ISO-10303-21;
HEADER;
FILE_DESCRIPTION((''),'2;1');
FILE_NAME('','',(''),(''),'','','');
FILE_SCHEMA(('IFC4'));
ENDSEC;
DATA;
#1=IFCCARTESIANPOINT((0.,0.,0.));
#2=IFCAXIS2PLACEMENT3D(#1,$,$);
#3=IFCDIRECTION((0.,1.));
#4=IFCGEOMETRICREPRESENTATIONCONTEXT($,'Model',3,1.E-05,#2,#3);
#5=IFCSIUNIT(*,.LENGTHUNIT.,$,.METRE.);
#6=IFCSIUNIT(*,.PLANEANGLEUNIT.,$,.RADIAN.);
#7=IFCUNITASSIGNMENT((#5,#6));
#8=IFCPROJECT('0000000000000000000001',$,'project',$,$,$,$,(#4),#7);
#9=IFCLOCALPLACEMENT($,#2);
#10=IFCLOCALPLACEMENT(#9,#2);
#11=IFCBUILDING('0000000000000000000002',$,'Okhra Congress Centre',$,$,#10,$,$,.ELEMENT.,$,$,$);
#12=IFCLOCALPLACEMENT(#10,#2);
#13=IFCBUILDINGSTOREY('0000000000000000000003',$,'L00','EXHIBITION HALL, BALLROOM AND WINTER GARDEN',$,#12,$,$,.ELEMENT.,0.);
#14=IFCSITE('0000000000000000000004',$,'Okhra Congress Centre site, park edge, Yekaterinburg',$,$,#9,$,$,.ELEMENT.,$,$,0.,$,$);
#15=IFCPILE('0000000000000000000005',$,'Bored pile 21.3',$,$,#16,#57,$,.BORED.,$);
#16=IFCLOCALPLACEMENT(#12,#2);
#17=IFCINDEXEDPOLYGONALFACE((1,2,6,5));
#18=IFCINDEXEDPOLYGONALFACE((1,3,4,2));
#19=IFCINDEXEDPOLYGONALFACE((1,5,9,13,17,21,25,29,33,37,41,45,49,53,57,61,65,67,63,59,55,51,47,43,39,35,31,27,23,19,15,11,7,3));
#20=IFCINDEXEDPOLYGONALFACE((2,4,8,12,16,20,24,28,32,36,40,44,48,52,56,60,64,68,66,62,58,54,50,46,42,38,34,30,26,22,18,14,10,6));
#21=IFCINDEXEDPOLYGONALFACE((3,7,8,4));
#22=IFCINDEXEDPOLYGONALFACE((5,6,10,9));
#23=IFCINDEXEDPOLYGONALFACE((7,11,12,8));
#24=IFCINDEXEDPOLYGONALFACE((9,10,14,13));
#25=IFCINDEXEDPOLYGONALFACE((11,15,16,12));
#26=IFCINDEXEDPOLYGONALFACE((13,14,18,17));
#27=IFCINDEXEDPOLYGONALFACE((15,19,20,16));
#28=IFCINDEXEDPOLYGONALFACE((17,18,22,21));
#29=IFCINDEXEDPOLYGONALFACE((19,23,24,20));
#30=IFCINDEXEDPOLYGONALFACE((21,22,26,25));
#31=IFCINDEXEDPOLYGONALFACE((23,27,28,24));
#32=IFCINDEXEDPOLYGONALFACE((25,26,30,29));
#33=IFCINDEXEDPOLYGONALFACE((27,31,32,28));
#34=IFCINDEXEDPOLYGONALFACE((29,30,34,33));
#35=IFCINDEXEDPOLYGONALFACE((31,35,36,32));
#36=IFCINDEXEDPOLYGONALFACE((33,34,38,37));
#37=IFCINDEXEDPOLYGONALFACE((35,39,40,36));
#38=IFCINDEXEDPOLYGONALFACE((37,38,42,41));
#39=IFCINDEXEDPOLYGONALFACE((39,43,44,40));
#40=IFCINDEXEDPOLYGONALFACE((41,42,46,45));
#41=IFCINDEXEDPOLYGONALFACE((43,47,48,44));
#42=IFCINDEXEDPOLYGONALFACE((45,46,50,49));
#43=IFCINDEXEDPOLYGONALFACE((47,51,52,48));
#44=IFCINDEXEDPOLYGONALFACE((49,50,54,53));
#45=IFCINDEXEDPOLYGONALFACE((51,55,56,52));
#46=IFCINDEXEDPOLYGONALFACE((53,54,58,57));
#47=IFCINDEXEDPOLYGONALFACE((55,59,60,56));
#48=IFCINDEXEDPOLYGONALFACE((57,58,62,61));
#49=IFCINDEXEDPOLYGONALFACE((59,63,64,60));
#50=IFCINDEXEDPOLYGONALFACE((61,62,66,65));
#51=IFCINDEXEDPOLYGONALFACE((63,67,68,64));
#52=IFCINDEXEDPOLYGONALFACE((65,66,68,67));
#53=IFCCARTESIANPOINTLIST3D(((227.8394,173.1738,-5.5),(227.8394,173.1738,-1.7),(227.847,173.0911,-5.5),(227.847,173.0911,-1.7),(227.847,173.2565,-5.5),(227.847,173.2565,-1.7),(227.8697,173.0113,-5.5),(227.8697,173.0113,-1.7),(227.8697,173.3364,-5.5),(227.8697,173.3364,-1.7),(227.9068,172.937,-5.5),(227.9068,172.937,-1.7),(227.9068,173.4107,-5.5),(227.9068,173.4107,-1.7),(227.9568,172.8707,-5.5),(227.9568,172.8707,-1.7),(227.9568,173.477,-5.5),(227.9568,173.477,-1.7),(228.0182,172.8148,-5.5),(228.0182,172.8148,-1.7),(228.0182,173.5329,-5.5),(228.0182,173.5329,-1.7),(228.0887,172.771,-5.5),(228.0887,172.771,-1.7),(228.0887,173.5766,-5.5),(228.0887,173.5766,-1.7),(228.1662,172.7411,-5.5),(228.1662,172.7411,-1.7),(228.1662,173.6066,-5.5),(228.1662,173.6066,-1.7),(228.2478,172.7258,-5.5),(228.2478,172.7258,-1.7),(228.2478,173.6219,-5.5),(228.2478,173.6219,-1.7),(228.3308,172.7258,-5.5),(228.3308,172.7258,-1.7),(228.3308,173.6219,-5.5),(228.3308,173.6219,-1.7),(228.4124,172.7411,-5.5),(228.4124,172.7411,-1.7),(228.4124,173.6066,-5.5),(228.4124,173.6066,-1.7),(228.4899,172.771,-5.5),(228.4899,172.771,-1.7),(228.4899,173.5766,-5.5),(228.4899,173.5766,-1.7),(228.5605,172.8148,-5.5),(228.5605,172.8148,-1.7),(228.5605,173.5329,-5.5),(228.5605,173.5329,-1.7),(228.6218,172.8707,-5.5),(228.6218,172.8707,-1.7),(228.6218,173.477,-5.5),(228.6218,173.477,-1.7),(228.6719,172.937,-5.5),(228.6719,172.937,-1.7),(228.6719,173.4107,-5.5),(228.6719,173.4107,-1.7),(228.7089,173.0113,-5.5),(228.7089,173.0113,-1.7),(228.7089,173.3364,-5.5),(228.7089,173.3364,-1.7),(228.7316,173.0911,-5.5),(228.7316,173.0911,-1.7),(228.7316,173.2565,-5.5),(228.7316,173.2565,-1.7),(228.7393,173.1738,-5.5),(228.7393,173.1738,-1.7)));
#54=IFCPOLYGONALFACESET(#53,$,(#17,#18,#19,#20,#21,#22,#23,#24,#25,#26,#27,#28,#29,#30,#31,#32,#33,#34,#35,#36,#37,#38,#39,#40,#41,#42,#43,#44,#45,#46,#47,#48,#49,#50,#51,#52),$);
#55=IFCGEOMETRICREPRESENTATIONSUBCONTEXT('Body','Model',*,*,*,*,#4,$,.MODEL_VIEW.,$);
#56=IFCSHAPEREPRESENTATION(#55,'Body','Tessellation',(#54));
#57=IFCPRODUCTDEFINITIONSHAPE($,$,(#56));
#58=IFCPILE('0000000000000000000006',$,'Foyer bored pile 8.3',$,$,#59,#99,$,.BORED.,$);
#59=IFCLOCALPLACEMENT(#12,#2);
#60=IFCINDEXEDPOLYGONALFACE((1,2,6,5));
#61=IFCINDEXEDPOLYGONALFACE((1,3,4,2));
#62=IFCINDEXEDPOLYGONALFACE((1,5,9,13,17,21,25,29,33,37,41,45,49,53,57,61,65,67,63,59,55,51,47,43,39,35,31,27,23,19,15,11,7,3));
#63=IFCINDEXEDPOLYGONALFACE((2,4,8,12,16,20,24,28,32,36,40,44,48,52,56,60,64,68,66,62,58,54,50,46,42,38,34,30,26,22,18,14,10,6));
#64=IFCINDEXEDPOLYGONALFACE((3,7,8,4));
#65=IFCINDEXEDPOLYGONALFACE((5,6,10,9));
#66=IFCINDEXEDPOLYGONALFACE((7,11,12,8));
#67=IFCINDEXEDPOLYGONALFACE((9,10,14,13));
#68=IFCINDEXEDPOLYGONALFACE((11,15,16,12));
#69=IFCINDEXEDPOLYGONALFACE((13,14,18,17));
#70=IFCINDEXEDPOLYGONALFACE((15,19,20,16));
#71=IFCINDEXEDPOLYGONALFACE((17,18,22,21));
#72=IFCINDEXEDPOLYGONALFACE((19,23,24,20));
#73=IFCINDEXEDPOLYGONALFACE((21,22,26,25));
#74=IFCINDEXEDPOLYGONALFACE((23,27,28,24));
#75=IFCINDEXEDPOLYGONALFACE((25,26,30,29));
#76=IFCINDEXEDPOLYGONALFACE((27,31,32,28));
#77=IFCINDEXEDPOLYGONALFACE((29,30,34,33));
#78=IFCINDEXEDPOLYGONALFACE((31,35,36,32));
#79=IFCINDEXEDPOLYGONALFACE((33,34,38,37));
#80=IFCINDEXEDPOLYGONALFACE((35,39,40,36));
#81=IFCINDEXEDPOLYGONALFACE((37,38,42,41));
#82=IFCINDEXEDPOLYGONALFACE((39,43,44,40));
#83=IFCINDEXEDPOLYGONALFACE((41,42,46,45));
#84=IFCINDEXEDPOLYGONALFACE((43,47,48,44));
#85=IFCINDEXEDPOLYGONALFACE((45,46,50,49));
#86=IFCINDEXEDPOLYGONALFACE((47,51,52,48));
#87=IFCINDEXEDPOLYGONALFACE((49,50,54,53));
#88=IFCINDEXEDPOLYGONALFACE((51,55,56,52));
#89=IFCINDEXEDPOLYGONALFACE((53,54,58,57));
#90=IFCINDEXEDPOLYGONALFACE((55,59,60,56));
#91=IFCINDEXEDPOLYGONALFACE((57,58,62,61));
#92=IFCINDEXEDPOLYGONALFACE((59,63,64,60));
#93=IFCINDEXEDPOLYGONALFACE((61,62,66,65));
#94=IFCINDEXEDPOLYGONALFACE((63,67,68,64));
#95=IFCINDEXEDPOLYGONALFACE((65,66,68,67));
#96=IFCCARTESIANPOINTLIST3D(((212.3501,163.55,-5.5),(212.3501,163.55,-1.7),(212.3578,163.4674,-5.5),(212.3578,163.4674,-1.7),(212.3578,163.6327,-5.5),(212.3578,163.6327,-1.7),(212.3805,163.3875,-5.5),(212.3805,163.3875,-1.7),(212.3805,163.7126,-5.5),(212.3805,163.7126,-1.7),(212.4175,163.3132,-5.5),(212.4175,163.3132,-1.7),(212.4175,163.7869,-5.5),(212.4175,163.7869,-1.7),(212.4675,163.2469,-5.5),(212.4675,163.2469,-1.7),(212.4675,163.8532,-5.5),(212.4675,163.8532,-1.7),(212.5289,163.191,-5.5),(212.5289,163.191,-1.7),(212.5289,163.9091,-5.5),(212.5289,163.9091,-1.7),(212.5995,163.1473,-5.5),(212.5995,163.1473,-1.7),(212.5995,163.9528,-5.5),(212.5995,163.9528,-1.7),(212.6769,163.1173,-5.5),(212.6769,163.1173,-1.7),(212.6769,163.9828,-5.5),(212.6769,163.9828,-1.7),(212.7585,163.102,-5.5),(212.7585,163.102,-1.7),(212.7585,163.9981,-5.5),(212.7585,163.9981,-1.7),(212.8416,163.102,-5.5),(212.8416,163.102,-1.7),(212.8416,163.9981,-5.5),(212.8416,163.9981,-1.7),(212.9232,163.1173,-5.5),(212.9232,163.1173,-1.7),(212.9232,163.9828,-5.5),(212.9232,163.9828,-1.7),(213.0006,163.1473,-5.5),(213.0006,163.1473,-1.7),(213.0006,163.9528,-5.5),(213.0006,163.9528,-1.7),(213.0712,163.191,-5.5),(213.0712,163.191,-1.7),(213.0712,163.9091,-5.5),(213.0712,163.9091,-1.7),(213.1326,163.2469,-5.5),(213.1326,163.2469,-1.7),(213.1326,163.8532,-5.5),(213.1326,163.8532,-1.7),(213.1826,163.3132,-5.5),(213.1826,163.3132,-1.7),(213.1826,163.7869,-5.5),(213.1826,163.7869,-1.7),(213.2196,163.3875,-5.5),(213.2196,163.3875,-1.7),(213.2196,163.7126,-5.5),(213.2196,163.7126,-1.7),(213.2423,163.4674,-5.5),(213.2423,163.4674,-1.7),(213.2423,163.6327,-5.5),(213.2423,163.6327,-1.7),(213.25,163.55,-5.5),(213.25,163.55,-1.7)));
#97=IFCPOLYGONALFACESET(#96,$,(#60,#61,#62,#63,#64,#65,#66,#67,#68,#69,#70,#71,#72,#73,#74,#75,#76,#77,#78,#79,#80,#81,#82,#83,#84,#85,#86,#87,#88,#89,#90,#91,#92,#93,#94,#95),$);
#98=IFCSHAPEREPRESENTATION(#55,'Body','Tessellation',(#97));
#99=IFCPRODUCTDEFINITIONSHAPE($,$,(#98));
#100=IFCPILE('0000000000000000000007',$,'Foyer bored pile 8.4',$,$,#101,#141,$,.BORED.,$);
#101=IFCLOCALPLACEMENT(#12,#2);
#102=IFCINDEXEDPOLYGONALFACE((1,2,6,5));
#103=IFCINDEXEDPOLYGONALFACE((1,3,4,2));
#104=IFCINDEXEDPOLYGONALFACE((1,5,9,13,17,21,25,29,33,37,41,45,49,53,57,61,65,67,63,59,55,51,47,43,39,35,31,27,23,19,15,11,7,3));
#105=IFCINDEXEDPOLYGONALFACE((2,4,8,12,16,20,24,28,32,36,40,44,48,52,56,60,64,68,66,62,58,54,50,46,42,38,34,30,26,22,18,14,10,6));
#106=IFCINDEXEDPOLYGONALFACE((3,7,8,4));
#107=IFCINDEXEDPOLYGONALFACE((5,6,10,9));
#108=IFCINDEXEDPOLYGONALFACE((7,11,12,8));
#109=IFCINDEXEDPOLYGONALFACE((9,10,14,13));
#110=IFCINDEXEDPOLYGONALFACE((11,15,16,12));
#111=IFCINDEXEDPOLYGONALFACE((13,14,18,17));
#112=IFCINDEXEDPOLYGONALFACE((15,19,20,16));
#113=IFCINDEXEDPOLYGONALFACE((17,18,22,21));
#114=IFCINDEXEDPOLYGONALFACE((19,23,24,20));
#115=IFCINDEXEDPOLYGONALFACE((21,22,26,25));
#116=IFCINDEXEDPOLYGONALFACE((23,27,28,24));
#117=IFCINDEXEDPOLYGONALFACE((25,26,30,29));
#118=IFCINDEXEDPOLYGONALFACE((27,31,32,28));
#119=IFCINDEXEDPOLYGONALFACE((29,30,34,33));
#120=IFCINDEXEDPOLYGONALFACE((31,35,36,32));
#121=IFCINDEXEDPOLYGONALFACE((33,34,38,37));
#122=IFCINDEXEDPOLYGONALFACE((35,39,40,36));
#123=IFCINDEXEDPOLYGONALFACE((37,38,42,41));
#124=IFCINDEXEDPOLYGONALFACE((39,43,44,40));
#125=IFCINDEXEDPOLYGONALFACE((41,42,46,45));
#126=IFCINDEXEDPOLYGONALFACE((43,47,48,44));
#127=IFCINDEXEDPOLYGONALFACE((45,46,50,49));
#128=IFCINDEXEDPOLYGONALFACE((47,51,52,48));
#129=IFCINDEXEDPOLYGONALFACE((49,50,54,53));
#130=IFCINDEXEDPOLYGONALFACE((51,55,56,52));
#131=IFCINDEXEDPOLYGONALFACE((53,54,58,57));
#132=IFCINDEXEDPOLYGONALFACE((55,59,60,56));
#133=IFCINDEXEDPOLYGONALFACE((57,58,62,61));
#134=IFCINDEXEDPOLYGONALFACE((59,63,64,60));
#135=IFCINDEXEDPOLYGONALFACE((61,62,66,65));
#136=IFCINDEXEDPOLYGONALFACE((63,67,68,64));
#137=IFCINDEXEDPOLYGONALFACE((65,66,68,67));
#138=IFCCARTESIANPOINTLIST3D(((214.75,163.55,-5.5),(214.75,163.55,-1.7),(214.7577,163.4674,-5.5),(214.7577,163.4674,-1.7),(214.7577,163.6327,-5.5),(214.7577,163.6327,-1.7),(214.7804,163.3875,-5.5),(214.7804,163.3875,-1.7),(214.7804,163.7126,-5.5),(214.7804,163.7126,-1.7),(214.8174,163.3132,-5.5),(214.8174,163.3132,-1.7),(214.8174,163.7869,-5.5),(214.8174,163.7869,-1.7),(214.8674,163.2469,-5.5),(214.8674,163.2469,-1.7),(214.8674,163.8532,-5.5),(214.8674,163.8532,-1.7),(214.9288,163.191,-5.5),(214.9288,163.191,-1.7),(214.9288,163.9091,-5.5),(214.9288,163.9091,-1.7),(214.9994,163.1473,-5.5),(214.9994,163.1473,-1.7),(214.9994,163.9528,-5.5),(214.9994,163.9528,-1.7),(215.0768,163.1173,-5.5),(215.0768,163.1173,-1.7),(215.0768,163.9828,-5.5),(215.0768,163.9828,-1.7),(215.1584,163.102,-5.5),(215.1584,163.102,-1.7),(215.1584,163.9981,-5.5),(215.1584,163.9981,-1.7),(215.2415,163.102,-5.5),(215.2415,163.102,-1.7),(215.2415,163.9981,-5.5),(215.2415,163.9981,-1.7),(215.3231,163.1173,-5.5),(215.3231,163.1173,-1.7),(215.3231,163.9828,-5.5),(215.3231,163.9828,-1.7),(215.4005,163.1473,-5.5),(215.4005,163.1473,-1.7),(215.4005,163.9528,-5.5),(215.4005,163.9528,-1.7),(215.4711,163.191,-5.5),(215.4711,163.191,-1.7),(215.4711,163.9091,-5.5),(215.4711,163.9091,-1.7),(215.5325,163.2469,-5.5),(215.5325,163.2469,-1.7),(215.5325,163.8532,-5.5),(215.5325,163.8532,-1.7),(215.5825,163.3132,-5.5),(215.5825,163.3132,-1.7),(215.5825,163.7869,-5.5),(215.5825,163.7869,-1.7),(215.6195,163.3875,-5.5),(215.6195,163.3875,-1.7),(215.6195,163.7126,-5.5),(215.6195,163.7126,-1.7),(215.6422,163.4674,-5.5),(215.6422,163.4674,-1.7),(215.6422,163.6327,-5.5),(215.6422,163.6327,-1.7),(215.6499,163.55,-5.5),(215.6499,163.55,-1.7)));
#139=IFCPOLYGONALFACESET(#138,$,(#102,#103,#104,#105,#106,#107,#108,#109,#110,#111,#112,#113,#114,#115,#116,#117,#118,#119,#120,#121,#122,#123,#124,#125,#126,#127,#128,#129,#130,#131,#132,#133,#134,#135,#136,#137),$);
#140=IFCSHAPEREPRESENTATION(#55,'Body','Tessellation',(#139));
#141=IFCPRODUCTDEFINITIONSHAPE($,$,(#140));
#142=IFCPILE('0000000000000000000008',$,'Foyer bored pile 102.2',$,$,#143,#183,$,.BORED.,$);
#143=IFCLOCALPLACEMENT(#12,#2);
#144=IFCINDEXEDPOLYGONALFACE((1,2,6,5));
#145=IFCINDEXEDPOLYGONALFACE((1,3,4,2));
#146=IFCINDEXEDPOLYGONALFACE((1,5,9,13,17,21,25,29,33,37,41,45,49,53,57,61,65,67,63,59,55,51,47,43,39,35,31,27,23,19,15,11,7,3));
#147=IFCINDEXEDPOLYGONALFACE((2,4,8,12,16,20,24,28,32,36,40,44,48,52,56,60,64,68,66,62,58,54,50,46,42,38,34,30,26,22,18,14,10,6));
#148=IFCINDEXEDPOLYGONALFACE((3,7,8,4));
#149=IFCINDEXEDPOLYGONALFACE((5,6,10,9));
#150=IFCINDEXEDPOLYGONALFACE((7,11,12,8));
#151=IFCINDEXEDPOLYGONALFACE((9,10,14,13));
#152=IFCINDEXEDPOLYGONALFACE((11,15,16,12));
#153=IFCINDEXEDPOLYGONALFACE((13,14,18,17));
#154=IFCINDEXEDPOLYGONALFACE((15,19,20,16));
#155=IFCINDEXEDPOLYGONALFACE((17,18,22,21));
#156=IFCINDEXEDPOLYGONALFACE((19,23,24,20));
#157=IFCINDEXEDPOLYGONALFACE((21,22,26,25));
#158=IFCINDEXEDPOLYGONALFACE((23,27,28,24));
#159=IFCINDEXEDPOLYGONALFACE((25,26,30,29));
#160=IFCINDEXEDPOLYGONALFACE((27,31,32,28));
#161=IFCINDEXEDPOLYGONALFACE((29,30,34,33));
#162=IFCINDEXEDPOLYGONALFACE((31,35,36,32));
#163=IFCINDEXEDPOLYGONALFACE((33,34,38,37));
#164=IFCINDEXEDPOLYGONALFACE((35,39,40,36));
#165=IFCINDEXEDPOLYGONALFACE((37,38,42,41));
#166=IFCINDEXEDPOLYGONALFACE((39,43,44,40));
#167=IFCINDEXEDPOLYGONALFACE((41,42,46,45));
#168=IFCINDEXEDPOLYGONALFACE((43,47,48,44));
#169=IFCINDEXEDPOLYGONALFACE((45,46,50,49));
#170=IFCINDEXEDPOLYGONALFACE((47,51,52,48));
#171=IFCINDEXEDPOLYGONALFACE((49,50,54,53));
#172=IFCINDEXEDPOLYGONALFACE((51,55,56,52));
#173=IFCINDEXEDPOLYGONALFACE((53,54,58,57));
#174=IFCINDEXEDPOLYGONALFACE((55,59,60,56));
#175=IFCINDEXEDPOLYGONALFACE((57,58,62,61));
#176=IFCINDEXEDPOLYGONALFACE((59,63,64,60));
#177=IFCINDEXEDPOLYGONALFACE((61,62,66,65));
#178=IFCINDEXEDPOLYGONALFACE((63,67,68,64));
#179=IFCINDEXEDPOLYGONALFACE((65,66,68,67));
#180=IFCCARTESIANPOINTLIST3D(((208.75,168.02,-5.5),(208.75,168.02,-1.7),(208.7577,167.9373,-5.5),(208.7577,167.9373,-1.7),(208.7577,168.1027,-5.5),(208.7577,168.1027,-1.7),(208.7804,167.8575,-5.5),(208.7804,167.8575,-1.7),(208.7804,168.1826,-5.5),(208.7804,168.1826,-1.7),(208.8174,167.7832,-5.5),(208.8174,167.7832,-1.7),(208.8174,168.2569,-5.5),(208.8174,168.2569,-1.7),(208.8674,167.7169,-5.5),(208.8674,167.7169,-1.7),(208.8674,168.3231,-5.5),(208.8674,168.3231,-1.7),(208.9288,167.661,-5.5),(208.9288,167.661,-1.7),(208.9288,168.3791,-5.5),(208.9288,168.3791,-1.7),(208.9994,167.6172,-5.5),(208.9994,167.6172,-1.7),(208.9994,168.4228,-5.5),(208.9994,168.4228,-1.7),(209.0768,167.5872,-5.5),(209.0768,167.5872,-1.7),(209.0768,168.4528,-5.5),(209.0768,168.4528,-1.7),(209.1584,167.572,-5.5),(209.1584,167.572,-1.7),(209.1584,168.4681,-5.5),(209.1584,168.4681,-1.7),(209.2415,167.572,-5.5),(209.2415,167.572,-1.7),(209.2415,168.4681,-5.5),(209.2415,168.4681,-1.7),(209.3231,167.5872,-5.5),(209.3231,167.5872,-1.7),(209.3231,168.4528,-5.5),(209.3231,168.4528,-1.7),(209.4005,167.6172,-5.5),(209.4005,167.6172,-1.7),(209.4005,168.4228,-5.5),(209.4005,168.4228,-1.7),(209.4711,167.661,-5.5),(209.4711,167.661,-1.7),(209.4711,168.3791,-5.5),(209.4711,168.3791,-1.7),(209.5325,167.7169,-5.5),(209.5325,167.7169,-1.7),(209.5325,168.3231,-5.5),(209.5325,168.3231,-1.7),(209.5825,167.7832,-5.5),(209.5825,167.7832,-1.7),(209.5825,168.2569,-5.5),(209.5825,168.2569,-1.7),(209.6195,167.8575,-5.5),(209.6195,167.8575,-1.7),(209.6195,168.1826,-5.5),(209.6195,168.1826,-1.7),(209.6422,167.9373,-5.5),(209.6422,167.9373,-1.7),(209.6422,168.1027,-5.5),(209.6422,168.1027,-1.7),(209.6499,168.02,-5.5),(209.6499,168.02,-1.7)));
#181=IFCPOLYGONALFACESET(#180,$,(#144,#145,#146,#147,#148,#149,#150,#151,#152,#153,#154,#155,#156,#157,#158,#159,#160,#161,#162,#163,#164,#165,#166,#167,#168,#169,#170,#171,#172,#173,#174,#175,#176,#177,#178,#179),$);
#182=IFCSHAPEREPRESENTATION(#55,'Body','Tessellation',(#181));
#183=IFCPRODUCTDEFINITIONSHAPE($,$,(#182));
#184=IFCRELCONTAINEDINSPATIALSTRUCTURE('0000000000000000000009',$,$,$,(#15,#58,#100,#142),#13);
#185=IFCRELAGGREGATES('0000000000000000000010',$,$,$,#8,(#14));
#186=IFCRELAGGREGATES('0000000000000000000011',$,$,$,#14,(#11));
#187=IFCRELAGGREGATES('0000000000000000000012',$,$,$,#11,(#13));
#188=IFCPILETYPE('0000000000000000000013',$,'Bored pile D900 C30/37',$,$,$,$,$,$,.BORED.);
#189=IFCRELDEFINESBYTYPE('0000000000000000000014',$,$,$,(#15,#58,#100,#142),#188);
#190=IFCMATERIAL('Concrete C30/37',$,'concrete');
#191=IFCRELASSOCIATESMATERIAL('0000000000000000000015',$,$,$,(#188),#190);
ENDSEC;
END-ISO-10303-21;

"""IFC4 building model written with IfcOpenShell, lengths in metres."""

from ifc_helpers import new_model, si_unit, direction, frame, origin, origin_2d, place, context, subcontext, project, spatial, circle, extrude, material, material_profile, profile_set, type_object, element, save


model = new_model("IFC4")

# Units and contexts
model_context = context("Model", 3, precision=1e-05, world=origin(), true_north=direction((0.0, 1.0)))
body_context = subcontext(model_context, "Body", "Model", "MODEL_VIEW")
ifc_project = project(units=[si_unit("LENGTHUNIT", "METRE"), si_unit("PLANEANGLEUNIT", "RADIAN")], contexts=[model_context])

# Site, building, storey
site_placement = place(None, origin())
site = spatial("IfcSite", under=ifc_project, at=site_placement, Name="Okhra Congress Centre site, park edge, Yekaterinburg", CompositionType="ELEMENT", RefElevation=0.0)
building_placement = place(site_placement, origin())
building = spatial("IfcBuilding", under=site, at=building_placement, Name="Okhra Congress Centre", CompositionType="ELEMENT")
storey_placement = place(building_placement, origin())
storey = spatial("IfcBuildingStorey", under=building, at=storey_placement, Name="L00", Description="EXHIBITION HALL, BALLROOM AND WINTER GARDEN", CompositionType="ELEMENT", Elevation=0.0)

# Piles
ifc_material_1 = material(Name="Concrete C30/37", Category="concrete")
ifc_material_profile_1 = material_profile(ifc_material_1, circle(Radius=0.45, at=origin_2d()), Name="D900")
ifc_profile_set_1 = profile_set([ifc_material_profile_1], Name="Concrete C30/37")
pile_type = type_object("IfcPileType", Name="Bored pile D900 C30/37", PredefinedType="BORED", material=ifc_profile_set_1)
for number, where, z_axis, x_axis, name in (
    (1, (228.2893, 173.1738, -1.7), (0.0, 0.0, -1.0), (1.0, 0.0, 0.0), "Bored pile 21.3"),
    (2, (212.8, 163.55, -1.7), (0.0, 0.0, -1.0), (1.0, 0.0, 0.0), "Foyer bored pile 8.3"),
    (3, (215.2, 163.55, -1.7), (0.0, 0.0, -1.0), (1.0, 0.0, 0.0), "Foyer bored pile 8.4"),
    (4, (209.2, 168.02, -1.7), (0.0, 0.0, -1.0), (1.0, 0.0, 0.0), "Foyer bored pile 102.2"),
):
    element("IfcPile", number, at=place(storey_placement, frame(where, z_axis=z_axis, x_axis=x_axis)), inside=storey, type_object=pile_type, Name=name, PredefinedType="BORED", context=body_context, shape_type="SweptSolid", body=[
        extrude(circle(Radius=0.45, at=origin_2d()), origin(), (0.0, 0.0, 1.0), 3.8),
    ])

save(model, "model.ifc")
